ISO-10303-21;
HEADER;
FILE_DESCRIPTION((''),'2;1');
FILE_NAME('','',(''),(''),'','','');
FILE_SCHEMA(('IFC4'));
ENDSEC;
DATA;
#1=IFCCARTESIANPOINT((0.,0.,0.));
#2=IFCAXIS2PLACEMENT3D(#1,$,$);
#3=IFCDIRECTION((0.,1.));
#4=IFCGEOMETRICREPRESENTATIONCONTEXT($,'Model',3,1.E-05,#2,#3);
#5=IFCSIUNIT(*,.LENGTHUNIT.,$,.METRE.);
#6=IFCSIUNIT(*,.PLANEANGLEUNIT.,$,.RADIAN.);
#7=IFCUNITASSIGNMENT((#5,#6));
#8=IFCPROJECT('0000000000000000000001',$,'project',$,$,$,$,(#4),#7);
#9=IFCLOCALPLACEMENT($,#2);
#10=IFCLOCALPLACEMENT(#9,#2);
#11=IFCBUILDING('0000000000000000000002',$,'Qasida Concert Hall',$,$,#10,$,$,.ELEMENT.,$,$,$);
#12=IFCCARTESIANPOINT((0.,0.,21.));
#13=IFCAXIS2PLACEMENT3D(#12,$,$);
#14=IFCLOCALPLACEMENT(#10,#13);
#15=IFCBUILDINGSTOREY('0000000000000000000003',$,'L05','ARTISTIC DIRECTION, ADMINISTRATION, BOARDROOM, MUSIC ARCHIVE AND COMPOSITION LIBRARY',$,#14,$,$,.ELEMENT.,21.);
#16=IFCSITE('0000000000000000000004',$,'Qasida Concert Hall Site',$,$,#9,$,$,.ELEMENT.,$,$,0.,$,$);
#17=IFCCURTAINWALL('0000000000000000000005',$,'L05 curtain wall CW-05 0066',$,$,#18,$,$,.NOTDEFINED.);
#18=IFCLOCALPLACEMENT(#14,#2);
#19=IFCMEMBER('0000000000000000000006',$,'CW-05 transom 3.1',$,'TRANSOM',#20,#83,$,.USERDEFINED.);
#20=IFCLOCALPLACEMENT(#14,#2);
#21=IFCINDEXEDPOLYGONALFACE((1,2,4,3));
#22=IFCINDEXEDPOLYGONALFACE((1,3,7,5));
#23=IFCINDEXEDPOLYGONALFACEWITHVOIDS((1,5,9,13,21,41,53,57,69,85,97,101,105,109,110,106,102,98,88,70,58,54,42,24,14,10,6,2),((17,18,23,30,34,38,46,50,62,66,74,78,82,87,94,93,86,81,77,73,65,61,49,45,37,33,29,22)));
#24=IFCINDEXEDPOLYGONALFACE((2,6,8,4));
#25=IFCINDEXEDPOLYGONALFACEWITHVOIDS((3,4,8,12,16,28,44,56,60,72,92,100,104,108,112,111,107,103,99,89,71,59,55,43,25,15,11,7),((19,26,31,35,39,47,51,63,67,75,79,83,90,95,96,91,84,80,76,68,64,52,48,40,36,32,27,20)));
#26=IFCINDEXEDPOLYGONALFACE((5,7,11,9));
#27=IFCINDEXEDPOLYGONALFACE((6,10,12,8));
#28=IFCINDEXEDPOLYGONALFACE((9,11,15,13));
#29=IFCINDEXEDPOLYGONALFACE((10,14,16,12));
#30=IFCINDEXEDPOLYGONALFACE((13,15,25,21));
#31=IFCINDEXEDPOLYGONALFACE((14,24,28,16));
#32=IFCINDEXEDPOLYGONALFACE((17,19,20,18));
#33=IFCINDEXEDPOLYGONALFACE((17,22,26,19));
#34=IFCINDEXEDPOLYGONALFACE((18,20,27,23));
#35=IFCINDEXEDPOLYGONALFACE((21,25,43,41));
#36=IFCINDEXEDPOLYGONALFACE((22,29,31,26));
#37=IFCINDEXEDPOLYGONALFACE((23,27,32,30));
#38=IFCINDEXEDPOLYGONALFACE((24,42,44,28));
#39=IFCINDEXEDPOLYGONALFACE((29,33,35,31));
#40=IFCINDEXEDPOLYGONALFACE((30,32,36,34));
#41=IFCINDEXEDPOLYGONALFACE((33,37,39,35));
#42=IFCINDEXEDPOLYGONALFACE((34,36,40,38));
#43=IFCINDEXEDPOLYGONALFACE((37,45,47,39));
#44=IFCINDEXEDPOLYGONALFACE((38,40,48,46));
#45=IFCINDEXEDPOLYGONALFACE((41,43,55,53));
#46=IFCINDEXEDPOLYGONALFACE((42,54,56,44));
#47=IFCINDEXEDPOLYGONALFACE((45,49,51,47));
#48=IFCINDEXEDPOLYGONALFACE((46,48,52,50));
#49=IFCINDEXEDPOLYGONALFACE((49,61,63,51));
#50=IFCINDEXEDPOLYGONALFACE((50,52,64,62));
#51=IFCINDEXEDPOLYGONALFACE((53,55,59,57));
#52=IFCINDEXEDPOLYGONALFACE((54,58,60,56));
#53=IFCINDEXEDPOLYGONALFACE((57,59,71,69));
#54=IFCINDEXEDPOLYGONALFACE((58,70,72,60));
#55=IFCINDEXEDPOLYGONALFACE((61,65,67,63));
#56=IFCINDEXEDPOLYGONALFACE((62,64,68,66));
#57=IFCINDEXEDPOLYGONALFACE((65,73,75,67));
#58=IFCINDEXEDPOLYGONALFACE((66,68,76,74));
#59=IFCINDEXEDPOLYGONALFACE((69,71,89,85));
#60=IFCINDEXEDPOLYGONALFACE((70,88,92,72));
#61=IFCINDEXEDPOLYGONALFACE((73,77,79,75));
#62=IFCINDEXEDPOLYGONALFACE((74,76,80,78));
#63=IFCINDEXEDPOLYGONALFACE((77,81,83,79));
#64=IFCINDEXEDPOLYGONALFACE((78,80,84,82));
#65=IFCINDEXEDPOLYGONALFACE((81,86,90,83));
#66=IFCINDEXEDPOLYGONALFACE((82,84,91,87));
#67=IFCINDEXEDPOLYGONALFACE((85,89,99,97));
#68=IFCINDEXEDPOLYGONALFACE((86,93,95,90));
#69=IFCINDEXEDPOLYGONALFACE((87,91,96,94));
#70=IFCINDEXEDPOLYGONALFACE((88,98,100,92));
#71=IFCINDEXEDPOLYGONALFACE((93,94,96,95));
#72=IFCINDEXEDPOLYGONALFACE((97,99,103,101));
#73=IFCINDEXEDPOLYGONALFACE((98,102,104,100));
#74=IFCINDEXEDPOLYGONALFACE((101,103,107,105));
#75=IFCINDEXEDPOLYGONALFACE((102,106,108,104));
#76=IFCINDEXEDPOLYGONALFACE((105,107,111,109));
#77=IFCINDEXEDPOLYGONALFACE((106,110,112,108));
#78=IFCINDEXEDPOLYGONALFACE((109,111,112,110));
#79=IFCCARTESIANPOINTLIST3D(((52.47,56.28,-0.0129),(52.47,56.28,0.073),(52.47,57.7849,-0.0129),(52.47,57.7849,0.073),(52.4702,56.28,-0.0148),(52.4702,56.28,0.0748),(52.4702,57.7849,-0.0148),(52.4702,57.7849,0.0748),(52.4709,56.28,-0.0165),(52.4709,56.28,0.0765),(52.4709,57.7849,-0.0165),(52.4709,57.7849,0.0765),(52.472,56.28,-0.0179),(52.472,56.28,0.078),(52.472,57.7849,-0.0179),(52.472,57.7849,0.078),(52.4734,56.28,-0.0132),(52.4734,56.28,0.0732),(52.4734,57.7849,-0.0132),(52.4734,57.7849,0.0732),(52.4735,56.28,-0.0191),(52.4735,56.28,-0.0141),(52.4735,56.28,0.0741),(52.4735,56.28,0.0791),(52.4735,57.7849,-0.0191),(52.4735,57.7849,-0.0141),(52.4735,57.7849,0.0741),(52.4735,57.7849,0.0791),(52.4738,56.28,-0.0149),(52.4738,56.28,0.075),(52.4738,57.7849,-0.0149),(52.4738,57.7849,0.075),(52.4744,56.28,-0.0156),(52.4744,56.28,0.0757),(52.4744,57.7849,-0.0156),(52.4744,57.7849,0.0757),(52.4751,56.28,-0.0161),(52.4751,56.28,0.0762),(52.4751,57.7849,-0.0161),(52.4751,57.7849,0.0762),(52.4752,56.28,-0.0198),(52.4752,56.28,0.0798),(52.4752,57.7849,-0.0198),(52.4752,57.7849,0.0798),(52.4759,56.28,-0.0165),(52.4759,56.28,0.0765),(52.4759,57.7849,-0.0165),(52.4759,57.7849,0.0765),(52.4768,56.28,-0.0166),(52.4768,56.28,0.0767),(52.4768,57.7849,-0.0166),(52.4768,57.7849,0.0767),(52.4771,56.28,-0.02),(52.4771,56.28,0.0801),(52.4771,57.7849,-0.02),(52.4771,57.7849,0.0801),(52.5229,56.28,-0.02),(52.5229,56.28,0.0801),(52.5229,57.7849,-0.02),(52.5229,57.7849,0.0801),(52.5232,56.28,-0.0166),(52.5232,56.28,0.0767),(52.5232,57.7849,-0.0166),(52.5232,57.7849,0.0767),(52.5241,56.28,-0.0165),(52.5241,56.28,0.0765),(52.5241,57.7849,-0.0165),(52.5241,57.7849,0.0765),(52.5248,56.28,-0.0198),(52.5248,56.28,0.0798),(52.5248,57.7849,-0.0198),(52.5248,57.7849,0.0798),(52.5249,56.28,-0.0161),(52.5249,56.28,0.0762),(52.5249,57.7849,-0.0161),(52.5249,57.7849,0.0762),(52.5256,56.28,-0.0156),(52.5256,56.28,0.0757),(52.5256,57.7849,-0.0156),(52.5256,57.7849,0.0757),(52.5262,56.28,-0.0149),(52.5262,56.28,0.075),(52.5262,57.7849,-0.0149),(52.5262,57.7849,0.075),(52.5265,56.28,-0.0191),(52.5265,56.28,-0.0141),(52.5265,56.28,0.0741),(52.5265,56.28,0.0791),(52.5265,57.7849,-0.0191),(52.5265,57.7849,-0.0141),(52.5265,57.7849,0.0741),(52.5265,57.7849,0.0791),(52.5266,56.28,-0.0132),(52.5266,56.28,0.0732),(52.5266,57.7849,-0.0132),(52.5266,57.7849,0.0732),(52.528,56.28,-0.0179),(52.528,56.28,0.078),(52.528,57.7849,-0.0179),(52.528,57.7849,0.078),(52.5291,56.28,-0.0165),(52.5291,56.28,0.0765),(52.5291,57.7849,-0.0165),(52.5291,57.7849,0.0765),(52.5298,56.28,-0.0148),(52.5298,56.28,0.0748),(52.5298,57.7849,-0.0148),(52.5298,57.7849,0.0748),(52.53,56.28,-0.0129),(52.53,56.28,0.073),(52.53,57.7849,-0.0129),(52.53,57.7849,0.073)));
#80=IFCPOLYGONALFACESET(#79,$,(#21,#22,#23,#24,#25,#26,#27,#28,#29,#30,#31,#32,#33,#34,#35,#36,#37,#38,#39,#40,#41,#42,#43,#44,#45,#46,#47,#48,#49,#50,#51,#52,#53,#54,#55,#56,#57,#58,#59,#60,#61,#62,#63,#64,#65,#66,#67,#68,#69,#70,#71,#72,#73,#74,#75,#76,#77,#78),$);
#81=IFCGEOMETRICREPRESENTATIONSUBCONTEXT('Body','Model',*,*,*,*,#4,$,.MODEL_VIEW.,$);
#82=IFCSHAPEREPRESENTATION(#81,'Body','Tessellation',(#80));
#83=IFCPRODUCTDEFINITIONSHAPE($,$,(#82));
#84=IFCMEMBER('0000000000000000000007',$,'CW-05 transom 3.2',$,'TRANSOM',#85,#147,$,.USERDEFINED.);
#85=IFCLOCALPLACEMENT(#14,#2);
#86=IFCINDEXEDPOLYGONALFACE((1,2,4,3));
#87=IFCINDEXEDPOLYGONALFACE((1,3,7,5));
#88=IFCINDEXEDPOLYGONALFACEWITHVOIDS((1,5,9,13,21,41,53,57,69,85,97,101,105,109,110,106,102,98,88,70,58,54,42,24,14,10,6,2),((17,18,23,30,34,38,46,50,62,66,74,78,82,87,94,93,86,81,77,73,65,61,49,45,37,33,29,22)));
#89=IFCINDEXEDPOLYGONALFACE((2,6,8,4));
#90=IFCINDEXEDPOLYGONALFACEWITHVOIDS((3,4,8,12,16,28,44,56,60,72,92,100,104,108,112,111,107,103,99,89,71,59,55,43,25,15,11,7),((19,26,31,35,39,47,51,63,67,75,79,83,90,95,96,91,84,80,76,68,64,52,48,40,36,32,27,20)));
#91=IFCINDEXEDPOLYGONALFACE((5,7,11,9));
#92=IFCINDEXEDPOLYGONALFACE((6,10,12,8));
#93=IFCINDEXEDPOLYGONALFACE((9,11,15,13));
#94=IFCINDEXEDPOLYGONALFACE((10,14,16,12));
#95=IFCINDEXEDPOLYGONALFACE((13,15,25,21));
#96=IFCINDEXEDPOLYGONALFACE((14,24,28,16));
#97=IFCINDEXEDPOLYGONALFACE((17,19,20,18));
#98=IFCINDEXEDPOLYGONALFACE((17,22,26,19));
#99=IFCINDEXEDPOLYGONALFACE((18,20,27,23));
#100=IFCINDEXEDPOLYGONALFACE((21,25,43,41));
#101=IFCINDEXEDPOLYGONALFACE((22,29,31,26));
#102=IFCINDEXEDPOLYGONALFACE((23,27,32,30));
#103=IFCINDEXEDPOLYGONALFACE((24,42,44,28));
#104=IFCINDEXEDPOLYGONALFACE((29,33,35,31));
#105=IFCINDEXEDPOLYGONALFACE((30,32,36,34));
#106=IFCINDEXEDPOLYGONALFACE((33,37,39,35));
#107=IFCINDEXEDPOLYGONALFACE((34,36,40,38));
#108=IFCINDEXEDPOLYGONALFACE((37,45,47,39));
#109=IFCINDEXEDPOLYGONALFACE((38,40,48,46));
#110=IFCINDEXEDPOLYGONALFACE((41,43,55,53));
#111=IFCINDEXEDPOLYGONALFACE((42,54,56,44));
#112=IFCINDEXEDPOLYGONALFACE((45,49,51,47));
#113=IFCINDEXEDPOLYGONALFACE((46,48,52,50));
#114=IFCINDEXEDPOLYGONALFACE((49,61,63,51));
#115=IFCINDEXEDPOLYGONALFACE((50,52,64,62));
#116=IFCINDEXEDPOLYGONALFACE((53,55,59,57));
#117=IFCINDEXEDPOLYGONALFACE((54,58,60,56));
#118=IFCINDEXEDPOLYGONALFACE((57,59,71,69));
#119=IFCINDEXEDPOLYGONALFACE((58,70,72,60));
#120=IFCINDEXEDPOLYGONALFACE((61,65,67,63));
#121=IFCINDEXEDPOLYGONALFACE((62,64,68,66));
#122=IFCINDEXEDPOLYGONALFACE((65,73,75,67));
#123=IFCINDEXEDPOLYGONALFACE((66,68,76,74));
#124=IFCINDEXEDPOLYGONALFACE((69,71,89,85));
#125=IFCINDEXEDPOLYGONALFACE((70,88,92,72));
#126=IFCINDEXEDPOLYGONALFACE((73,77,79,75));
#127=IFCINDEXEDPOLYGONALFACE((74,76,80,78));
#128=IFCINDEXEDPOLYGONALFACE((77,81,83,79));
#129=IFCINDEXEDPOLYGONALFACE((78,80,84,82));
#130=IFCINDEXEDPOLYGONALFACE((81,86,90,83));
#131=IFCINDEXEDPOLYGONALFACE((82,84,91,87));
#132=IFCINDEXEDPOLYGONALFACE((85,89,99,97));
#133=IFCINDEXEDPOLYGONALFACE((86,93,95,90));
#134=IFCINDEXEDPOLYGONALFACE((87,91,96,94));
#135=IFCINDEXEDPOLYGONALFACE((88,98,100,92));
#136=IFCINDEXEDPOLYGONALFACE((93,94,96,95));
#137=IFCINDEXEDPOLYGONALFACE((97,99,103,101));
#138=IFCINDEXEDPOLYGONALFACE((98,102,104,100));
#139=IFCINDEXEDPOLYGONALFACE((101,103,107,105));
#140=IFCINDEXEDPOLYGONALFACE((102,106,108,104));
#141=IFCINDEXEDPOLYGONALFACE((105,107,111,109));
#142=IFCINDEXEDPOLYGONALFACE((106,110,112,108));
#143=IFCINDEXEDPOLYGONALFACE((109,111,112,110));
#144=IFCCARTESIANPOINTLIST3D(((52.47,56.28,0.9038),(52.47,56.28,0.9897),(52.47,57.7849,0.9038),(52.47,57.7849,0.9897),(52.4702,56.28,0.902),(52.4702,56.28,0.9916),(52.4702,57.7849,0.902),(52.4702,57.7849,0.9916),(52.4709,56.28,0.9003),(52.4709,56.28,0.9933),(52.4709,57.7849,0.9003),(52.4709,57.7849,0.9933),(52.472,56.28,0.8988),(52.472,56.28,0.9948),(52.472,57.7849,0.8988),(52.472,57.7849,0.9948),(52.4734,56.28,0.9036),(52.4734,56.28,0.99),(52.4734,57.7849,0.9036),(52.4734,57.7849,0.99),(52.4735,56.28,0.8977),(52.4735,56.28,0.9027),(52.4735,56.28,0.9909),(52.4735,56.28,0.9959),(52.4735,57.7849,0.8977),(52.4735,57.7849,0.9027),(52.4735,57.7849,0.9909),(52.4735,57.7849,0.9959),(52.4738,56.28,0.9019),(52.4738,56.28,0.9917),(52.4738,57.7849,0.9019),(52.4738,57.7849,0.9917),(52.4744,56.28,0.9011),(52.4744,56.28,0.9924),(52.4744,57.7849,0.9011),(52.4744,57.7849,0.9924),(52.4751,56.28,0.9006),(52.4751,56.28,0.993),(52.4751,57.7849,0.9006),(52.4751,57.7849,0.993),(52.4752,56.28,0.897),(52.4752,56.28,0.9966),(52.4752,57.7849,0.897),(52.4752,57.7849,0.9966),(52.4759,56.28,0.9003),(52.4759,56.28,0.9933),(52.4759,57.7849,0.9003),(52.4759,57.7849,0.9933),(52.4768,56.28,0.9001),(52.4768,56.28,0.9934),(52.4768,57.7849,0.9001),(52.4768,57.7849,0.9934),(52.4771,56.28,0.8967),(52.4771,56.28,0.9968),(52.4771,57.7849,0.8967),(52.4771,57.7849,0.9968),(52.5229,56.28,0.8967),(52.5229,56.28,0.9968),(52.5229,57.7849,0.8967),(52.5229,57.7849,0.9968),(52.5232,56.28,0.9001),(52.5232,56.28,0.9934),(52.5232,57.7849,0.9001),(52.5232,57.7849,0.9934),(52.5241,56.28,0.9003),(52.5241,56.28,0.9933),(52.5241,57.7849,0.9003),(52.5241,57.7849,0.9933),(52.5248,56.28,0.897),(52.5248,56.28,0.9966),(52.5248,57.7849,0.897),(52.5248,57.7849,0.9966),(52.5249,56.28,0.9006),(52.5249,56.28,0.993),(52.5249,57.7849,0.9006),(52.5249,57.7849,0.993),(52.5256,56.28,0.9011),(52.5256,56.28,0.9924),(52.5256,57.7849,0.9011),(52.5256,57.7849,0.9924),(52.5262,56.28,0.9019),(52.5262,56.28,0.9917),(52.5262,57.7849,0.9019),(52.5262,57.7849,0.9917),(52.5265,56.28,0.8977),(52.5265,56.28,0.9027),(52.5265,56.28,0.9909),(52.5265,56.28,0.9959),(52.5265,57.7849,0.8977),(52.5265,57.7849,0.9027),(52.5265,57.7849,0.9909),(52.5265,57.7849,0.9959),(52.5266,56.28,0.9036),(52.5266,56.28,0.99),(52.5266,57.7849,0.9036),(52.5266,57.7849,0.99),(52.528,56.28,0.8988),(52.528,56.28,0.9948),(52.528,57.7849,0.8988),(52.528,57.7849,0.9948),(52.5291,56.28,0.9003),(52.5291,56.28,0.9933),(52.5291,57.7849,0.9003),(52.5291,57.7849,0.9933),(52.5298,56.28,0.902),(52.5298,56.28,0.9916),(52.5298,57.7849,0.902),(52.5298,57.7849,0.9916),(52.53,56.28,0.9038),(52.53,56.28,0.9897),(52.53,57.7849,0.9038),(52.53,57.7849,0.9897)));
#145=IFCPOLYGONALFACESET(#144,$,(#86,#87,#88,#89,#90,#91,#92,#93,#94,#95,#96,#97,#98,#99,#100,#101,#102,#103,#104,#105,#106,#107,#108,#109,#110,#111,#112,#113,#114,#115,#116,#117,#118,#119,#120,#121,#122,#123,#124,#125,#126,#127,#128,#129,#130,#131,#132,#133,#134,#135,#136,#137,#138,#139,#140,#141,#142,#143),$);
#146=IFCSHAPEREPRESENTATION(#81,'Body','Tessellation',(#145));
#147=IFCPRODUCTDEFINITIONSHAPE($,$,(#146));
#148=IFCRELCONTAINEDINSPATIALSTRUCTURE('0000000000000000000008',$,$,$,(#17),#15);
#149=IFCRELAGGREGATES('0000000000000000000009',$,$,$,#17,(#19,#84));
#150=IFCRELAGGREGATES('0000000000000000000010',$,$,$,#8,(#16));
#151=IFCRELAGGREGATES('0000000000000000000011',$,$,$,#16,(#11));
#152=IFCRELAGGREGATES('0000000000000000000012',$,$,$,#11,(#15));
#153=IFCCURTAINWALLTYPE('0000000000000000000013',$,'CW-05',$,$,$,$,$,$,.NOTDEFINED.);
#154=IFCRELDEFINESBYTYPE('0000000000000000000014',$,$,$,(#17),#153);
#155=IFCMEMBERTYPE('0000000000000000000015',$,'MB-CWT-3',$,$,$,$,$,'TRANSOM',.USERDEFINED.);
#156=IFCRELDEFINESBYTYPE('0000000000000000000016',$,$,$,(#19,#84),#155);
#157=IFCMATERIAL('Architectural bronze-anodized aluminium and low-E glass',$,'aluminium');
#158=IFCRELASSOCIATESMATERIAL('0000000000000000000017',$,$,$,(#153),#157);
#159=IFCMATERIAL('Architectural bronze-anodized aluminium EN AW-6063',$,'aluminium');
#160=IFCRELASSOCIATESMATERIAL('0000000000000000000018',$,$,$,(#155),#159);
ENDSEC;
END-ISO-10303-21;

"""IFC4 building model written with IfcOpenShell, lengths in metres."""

from ifc_helpers import new_model, si_unit, direction, frame, origin, origin_2d, place, context, subcontext, project, spatial, hollow_rectangle, extrude, material, material_profile, profile_set, type_object, element, aggregate, save


model = new_model("IFC4")

# Units and contexts
model_context = context("Model", 3, precision=1e-05, world=origin(), true_north=direction((0.0, 1.0)))
body_context = subcontext(model_context, "Body", "Model", "MODEL_VIEW")
ifc_project = project(units=[si_unit("LENGTHUNIT", "METRE"), si_unit("PLANEANGLEUNIT", "RADIAN")], contexts=[model_context])

# Site, building, storey
site_placement = place(None, origin())
site = spatial("IfcSite", under=ifc_project, at=site_placement, Name="Qasida Concert Hall Site", CompositionType="ELEMENT", RefElevation=0.0)
building_placement = place(site_placement, origin())
building = spatial("IfcBuilding", under=site, at=building_placement, Name="Qasida Concert Hall", CompositionType="ELEMENT")
storey_placement = place(building_placement, frame((0.0, 0.0, 21.0)))
storey = spatial("IfcBuildingStorey", under=building, at=storey_placement, Name="L05", Description="ARTISTIC DIRECTION, ADMINISTRATION, BOARDROOM, MUSIC ARCHIVE AND COMPOSITION LIBRARY", CompositionType="ELEMENT", Elevation=21.0)

# Curtain wall, members
ifc_material_1 = material(Name="Architectural bronze-anodized aluminium and low-E glass", Category="aluminium")
curtain_wall_type = type_object("IfcCurtainWallType", Name="CW-05", PredefinedType="NOTDEFINED", material=ifc_material_1)
curtain_wall_placement = place(storey_placement, origin())
curtain_wall = element("IfcCurtainWall", 1, at=curtain_wall_placement, inside=storey, type_object=curtain_wall_type, Name="L05 curtain wall CW-05 0066", PredefinedType="NOTDEFINED")
ifc_material_2 = material(Name="Architectural bronze-anodized aluminium EN AW-6063", Category="aluminium")
ifc_material_profile_1 = material_profile(ifc_material_2, hollow_rectangle(XDim=0.0601, YDim=0.1001, WallThickness=0.0034, InnerFilletRadius=0.0034, OuterFilletRadius=0.0071, at=origin_2d()), Name="CWT 100x60x3.5")
ifc_profile_set_1 = profile_set([ifc_material_profile_1], Name="Architectural bronze-anodized aluminium EN AW-6063")
member_type_1 = type_object("IfcMemberType", Name="MB-CWT-3", ElementType="TRANSOM", PredefinedType="USERDEFINED", material=ifc_profile_set_1)
member_1_placement = place(storey_placement, frame((52.5, 56.28, 0.03), z_axis=(0.0, 1.0, 0.0), x_axis=(-1.0, 0.0, 0.0)))
member_1 = element("IfcMember", 2, at=member_1_placement, type_object=member_type_1, Name="CW-05 transom 3.1", ObjectType="TRANSOM", PredefinedType="USERDEFINED", context=body_context, shape_type="SweptSolid", body=[
    extrude(hollow_rectangle(XDim=0.0601, YDim=0.1001, WallThickness=0.0034, InnerFilletRadius=0.0034, OuterFilletRadius=0.0071, at=origin_2d()), origin(), (0.0, 0.0, 1.0), 1.5049),
])
member_2_placement = place(storey_placement, frame((52.5, 56.28, 0.9468), z_axis=(0.0, 1.0, 0.0), x_axis=(-1.0, 0.0, 0.0)))
member_2 = element("IfcMember", 3, at=member_2_placement, type_object=member_type_1, Name="CW-05 transom 3.2", ObjectType="TRANSOM", PredefinedType="USERDEFINED", context=body_context, shape_type="SweptSolid", body=[
    extrude(hollow_rectangle(XDim=0.0601, YDim=0.1001, WallThickness=0.0034, InnerFilletRadius=0.0034, OuterFilletRadius=0.0071, at=origin_2d()), origin(), (0.0, 0.0, 1.0), 1.5049),
])
aggregate(curtain_wall, [member_1, member_2])

save(model, "model.ifc")
